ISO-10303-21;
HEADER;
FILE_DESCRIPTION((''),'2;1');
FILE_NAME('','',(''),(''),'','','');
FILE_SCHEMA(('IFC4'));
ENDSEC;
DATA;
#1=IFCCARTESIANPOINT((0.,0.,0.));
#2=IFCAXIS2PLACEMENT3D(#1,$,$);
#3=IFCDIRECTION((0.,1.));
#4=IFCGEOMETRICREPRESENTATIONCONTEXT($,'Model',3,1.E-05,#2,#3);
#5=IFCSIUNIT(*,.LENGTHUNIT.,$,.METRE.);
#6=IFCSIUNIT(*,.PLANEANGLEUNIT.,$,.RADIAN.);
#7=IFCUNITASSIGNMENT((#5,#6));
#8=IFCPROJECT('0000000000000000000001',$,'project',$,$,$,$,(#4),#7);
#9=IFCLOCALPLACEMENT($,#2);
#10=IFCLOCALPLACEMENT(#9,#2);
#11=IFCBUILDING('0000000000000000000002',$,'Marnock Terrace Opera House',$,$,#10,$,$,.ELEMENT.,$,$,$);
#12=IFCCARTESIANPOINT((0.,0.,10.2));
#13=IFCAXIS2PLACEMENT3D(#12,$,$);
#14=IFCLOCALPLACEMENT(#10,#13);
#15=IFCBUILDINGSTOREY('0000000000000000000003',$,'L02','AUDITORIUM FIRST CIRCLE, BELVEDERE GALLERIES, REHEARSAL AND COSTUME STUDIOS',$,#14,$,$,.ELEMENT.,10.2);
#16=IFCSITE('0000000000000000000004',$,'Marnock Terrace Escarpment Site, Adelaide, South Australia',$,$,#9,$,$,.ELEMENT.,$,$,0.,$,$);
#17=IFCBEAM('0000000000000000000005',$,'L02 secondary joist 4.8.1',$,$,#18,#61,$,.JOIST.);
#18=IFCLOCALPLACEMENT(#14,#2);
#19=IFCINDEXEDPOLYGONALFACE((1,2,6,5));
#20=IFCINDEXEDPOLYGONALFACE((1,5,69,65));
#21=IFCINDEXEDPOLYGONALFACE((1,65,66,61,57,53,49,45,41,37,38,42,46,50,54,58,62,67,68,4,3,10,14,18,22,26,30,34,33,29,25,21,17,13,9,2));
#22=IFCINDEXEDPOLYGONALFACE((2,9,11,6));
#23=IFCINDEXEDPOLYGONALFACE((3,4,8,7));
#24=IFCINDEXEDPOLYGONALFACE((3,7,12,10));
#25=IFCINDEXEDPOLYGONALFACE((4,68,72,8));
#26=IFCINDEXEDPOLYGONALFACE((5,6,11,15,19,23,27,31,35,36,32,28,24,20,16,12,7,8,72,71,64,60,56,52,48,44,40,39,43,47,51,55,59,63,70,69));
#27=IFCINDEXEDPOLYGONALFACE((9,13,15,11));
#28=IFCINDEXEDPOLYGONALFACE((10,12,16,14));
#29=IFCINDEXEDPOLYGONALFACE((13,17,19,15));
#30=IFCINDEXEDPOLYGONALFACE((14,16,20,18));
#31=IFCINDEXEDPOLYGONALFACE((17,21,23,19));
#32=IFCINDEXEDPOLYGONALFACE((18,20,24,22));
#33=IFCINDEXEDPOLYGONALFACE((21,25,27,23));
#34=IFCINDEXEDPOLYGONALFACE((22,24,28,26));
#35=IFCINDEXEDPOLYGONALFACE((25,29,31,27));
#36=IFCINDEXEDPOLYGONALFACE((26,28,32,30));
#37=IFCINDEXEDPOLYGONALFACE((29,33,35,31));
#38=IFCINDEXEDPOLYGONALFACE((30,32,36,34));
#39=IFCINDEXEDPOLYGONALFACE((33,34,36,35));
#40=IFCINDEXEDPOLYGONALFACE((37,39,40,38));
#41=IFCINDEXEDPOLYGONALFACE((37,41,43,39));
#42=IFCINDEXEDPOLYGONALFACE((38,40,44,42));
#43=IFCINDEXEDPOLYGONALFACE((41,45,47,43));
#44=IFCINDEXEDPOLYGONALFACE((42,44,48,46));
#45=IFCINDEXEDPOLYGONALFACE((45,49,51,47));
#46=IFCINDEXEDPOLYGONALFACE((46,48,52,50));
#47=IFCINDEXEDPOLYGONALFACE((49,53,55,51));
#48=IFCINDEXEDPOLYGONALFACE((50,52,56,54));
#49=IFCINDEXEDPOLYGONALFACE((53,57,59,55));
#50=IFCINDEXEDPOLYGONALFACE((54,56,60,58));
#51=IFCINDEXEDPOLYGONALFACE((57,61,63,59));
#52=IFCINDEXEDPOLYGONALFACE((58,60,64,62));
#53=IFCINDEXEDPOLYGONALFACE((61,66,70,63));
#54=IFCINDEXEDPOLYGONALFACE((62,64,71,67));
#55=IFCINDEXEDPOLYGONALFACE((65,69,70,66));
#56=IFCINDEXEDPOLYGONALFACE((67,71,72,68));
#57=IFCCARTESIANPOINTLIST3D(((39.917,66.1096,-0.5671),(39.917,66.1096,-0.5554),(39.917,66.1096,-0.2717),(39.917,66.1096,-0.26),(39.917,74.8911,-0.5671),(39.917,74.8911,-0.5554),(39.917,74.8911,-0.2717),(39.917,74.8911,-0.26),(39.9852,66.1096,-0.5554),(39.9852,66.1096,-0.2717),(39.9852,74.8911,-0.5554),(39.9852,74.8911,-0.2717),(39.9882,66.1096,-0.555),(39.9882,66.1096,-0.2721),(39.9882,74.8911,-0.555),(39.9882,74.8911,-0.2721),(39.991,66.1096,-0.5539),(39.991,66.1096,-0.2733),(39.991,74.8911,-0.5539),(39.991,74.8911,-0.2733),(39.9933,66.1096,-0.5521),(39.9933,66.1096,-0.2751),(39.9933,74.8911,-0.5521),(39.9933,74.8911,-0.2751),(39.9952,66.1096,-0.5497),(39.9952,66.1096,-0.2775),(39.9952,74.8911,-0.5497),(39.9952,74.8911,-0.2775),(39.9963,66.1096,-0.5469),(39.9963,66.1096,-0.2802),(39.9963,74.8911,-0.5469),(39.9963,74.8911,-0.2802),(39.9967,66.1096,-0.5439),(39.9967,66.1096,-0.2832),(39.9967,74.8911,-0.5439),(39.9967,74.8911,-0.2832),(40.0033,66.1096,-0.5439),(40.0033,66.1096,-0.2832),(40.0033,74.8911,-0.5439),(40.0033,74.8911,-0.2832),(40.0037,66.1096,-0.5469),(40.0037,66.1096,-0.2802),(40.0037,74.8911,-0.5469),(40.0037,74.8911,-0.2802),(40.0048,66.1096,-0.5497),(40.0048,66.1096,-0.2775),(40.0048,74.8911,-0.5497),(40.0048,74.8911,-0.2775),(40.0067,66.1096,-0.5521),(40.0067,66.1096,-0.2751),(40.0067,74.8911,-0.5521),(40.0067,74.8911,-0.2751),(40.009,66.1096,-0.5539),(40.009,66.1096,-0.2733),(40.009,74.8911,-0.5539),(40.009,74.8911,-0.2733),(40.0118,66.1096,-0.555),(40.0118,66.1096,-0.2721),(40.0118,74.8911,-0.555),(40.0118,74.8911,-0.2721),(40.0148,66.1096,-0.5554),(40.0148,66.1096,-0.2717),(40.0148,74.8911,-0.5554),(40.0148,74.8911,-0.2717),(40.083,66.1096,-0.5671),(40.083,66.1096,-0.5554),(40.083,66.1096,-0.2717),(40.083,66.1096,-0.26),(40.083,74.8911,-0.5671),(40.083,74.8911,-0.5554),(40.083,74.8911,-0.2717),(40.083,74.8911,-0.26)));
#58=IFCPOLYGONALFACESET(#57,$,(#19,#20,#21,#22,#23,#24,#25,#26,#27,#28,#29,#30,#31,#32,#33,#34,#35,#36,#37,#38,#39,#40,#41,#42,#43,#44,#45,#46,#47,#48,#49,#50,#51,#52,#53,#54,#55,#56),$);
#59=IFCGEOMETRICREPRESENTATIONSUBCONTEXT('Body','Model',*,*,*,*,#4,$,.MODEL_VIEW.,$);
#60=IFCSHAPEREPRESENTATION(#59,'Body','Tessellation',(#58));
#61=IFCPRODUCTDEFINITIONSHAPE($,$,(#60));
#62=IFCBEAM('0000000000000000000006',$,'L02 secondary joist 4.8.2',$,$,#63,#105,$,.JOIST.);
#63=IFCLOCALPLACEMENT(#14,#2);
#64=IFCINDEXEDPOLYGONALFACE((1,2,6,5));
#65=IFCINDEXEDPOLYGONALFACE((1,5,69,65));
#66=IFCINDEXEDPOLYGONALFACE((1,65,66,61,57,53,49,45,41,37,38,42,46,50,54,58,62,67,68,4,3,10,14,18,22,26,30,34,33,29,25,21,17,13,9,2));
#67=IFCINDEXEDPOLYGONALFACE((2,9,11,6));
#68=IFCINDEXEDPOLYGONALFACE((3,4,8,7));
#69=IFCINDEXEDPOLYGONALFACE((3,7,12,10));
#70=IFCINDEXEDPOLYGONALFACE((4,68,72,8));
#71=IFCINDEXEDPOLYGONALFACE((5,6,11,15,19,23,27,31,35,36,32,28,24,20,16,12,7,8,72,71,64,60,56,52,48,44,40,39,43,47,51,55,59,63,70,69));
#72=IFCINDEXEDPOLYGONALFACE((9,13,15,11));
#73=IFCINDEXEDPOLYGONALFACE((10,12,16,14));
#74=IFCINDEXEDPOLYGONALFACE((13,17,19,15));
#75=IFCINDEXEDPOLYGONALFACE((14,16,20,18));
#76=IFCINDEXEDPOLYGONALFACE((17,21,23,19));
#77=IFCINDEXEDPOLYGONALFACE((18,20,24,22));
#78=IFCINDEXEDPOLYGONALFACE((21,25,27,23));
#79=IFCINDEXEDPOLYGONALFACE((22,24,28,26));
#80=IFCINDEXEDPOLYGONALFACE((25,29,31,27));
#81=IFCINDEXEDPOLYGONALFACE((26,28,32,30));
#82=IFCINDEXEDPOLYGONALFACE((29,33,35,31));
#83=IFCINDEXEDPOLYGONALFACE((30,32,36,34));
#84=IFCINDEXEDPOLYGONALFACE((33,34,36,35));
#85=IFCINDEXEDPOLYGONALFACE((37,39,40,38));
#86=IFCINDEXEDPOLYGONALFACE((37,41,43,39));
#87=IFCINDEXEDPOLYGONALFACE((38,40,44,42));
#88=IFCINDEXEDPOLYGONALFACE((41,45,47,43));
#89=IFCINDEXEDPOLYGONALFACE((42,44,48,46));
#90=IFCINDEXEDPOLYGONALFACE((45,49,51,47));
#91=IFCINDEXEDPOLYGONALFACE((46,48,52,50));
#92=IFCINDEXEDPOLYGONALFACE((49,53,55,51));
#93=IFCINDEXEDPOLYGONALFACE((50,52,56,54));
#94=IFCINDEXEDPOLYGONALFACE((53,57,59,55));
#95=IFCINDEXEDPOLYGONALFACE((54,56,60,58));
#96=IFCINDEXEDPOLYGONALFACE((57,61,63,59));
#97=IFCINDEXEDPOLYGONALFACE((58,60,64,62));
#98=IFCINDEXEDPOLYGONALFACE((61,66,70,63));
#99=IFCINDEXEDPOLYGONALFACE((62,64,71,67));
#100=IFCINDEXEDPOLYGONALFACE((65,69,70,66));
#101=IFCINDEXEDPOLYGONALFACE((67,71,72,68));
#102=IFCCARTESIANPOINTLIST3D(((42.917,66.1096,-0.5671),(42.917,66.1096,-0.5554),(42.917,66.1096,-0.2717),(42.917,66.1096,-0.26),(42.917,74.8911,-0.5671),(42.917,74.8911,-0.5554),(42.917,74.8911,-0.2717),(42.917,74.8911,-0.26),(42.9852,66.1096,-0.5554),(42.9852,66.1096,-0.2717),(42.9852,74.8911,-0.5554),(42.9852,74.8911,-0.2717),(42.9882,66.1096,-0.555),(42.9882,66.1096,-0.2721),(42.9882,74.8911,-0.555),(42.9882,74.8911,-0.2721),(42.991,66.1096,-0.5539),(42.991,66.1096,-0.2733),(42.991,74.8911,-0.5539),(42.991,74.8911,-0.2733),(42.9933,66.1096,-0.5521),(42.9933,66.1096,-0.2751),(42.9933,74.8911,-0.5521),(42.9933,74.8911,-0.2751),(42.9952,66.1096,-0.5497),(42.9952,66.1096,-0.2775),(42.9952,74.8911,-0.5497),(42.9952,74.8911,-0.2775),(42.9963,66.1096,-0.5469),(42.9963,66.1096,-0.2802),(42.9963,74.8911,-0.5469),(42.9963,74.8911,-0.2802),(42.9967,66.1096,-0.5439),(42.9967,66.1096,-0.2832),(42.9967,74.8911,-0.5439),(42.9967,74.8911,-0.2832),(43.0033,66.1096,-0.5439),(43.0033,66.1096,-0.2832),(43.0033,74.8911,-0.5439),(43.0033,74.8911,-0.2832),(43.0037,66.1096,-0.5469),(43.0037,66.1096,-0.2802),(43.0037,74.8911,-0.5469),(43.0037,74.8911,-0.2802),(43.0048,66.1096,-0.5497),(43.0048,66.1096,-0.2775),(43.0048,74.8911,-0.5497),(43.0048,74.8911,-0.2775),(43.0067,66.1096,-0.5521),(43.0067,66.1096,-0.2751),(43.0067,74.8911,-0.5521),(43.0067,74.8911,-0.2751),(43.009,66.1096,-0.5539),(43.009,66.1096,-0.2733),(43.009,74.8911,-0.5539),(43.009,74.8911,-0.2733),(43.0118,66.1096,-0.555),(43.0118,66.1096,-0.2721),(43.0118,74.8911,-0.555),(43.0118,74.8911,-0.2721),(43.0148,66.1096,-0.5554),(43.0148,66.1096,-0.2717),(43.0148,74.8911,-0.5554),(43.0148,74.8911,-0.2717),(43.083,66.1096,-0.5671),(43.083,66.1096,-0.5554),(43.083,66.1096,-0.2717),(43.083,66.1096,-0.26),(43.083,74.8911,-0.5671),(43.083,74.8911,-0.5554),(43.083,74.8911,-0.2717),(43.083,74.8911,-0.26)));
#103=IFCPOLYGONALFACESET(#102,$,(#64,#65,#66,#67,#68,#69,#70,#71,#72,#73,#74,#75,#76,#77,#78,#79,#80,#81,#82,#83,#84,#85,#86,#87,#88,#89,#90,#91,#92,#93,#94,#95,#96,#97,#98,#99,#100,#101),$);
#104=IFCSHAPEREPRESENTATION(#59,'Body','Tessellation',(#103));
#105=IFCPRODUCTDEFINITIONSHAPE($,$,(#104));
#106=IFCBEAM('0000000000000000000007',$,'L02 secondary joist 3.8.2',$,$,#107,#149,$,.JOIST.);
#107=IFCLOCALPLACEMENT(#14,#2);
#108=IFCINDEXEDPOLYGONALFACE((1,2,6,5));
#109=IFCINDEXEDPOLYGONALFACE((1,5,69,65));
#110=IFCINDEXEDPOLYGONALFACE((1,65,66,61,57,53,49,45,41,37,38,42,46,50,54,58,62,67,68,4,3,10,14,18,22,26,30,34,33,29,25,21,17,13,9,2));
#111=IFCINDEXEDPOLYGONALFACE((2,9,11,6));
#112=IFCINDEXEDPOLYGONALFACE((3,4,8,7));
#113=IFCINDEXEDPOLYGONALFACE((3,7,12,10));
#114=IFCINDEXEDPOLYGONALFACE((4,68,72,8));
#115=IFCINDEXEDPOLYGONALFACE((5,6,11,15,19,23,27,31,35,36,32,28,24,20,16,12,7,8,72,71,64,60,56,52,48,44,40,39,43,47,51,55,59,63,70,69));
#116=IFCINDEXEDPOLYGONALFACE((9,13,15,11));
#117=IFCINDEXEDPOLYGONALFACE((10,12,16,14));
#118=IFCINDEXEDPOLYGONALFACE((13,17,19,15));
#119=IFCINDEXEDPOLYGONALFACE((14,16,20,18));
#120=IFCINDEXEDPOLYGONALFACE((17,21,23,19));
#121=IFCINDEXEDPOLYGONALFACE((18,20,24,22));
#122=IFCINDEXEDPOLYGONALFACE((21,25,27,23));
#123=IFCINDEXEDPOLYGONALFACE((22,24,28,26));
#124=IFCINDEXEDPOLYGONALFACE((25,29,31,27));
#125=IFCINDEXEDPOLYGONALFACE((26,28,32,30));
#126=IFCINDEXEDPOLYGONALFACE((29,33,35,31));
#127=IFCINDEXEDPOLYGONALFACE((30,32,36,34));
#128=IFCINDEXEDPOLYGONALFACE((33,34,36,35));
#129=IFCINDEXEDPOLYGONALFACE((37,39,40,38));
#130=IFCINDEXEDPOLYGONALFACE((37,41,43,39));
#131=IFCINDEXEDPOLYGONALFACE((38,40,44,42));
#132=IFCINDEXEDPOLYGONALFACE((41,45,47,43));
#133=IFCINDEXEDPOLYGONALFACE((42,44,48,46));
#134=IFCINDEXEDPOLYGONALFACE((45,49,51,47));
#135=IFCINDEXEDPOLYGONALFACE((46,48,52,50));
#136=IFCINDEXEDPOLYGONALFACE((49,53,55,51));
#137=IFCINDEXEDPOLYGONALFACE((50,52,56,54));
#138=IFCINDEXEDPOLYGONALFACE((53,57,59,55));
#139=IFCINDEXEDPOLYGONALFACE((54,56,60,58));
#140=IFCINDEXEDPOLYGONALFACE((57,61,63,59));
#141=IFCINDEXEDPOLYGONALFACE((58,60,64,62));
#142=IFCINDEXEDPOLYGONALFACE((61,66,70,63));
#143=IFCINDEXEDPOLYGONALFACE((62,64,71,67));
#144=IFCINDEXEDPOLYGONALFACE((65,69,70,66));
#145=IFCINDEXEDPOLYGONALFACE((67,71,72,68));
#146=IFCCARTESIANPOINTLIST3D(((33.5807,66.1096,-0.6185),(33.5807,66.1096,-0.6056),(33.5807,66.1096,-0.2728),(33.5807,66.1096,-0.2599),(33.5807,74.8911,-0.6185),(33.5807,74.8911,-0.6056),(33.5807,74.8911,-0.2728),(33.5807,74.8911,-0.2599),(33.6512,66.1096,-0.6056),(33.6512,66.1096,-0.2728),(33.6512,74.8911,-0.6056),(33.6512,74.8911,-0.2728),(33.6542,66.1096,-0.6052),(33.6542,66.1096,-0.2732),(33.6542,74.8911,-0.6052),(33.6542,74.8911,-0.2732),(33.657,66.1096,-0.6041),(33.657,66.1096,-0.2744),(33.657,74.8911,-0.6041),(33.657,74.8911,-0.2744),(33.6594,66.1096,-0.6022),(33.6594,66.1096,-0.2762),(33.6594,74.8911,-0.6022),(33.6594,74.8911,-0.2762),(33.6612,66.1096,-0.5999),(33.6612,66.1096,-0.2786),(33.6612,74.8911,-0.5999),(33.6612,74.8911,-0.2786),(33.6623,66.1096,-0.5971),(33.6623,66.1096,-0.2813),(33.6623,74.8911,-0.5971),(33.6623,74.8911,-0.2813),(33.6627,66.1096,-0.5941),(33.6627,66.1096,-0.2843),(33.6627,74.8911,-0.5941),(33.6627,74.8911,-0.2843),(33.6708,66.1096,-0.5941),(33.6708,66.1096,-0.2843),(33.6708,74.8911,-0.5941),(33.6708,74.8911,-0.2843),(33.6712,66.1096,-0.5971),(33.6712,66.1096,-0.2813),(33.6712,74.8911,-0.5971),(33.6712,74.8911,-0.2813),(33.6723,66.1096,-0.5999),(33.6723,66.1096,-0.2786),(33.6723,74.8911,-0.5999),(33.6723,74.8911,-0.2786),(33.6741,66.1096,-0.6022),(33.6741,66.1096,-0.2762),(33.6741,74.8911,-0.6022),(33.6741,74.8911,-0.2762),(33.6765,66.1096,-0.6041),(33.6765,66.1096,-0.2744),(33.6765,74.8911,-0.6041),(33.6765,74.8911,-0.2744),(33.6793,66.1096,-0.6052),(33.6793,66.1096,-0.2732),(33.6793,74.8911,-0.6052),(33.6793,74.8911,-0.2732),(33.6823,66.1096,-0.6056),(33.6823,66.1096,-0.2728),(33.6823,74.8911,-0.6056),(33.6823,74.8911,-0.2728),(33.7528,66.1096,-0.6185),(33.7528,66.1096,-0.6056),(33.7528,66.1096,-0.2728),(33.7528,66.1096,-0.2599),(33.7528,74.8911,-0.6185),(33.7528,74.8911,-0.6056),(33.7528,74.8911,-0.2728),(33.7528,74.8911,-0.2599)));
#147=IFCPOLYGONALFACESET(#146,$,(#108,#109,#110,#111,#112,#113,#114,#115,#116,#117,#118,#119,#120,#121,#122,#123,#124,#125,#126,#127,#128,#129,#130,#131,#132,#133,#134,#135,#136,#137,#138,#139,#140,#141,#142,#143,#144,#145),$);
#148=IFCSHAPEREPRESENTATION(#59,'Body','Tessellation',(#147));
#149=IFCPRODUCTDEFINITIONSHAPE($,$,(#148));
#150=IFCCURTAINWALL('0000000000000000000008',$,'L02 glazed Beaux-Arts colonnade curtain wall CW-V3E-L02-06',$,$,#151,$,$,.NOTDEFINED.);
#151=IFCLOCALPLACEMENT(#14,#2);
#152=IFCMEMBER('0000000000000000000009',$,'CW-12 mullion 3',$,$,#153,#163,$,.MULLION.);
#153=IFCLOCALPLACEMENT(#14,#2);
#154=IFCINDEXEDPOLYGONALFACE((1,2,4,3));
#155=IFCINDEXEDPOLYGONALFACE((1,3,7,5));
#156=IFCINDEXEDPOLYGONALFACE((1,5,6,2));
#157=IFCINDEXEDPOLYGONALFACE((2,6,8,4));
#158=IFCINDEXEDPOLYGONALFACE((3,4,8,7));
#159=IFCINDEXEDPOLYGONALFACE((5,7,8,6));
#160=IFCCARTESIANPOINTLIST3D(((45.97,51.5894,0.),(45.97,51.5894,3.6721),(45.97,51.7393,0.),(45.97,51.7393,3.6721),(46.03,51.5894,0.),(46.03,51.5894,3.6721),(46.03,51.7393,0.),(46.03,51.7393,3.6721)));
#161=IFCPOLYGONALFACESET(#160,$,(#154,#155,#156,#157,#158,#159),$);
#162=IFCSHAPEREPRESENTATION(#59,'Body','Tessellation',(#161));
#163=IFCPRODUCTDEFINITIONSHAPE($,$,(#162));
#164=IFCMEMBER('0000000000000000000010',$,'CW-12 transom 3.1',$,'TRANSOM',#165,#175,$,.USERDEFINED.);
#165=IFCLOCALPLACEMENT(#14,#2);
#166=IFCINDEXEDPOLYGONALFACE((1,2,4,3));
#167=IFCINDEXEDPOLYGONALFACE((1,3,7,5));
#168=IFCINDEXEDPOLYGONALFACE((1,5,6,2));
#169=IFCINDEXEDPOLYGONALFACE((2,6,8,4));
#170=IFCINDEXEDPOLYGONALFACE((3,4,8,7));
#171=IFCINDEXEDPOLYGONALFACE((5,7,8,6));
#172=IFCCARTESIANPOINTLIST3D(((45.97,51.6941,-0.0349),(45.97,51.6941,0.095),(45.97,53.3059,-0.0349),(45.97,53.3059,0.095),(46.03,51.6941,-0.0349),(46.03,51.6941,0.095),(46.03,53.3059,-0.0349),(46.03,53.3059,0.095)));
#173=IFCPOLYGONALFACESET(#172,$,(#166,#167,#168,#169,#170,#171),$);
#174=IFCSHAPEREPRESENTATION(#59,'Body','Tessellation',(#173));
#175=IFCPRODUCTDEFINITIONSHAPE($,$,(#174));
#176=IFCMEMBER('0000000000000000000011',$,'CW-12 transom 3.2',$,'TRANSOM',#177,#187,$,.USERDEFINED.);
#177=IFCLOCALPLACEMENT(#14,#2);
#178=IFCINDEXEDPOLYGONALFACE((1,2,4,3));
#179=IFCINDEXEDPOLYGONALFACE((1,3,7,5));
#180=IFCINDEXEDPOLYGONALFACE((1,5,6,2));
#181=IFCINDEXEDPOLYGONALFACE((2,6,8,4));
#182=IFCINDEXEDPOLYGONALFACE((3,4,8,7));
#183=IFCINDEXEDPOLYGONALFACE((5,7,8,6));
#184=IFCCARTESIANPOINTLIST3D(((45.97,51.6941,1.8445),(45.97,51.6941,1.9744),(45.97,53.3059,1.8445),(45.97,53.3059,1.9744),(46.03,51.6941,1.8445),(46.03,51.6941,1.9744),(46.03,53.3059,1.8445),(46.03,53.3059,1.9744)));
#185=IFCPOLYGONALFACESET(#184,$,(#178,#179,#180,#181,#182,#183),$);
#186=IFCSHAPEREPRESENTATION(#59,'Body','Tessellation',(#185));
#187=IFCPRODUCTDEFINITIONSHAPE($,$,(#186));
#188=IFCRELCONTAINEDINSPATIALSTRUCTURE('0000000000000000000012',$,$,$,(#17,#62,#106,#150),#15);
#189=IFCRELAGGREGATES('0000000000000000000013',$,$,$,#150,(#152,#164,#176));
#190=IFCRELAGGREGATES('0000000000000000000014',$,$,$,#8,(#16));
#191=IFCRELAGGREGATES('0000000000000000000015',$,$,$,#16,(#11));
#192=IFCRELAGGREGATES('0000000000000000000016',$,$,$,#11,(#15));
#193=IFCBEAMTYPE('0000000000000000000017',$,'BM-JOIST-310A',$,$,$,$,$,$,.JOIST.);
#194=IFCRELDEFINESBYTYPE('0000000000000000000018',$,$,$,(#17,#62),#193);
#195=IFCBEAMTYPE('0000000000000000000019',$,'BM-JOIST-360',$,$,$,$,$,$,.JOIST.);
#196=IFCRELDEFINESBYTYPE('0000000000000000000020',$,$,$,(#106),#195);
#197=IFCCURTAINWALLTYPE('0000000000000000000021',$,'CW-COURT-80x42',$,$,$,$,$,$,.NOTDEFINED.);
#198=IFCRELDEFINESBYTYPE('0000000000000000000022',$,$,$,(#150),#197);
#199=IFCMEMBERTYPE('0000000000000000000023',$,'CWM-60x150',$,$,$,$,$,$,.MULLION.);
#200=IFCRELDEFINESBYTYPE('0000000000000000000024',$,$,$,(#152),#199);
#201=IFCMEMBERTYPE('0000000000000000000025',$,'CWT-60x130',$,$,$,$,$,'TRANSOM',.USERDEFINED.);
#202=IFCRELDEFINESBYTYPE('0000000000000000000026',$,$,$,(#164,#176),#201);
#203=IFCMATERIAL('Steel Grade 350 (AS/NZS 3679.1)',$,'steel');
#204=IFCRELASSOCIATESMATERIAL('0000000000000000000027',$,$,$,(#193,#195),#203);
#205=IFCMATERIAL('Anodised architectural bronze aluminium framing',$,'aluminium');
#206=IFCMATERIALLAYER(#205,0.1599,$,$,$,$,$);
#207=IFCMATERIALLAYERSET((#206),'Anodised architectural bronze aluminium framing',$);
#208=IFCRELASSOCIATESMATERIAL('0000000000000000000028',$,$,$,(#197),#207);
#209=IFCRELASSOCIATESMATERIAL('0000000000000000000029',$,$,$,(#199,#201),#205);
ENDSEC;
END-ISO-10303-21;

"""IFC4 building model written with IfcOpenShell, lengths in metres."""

from ifc_helpers import new_model, si_unit, direction, frame, origin, origin_2d, place, context, subcontext, project, spatial, rectangle, i_section, extrude, material, layer, layer_set, material_profile, profile_set, type_object, element, aggregate, save


model = new_model("IFC4")

# Units and contexts
model_context = context("Model", 3, precision=1e-05, world=origin(), true_north=direction((0.0, 1.0)))
body_context = subcontext(model_context, "Body", "Model", "MODEL_VIEW")
ifc_project = project(units=[si_unit("LENGTHUNIT", "METRE"), si_unit("PLANEANGLEUNIT", "RADIAN")], contexts=[model_context])

# Site, building, storey
site_placement = place(None, origin())
site = spatial("IfcSite", under=ifc_project, at=site_placement, Name="Marnock Terrace Escarpment Site, Adelaide, South Australia", CompositionType="ELEMENT", RefElevation=0.0)
building_placement = place(site_placement, origin())
building = spatial("IfcBuilding", under=site, at=building_placement, Name="Marnock Terrace Opera House", CompositionType="ELEMENT")
storey_placement = place(building_placement, frame((0.0, 0.0, 10.2)))
storey = spatial("IfcBuildingStorey", under=building, at=storey_placement, Name="L02", Description="AUDITORIUM FIRST CIRCLE, BELVEDERE GALLERIES, REHEARSAL AND COSTUME STUDIOS", CompositionType="ELEMENT", Elevation=10.2)

# Beams
ifc_material_1 = material(Name="Steel Grade 350 (AS/NZS 3679.1)", Category="steel")
ifc_material_profile_1 = material_profile(ifc_material_1, i_section(OverallWidth=0.166, OverallDepth=0.3071, WebThickness=0.0066, FlangeThickness=0.0117, FilletRadius=0.0115, at=origin_2d()))
ifc_profile_set_1 = profile_set([ifc_material_profile_1], Name="Steel Grade 350 (AS/NZS 3679.1)")
beam_type_1 = type_object("IfcBeamType", Name="BM-JOIST-310A", PredefinedType="JOIST", material=ifc_profile_set_1)
for number, where, z_axis, x_axis, name in (
    (1, (40.0, 66.1096, -0.4136), (0.0, 1.0, 0.0), (-1.0, 0.0, 0.0), "L02 secondary joist 4.8.1"),
    (2, (43.0, 66.1096, -0.4136), (0.0, 1.0, 0.0), (-1.0, 0.0, 0.0), "L02 secondary joist 4.8.2"),
):
    element("IfcBeam", number, at=place(storey_placement, frame(where, z_axis=z_axis, x_axis=x_axis)), inside=storey, type_object=beam_type_1, Name=name, PredefinedType="JOIST", context=body_context, shape_type="SweptSolid", body=[
        extrude(i_section(OverallWidth=0.166, OverallDepth=0.3071, WebThickness=0.0066, FlangeThickness=0.0117, FilletRadius=0.0115, at=origin_2d()), origin(), (0.0, 0.0, 1.0), 8.7815),
    ])
ifc_material_profile_2 = material_profile(ifc_material_1, i_section(OverallWidth=0.1721, OverallDepth=0.3586, WebThickness=0.0081, FlangeThickness=0.0129, FilletRadius=0.0115, at=origin_2d()))
ifc_profile_set_2 = profile_set([ifc_material_profile_2], Name="Steel Grade 350 (AS/NZS 3679.1)")
beam_type_2 = type_object("IfcBeamType", Name="BM-JOIST-360", PredefinedType="JOIST", material=ifc_profile_set_2)
beam_1_placement = place(storey_placement, frame((33.6667, 66.1096, -0.4392), z_axis=(0.0, 1.0, 0.0), x_axis=(-1.0, 0.0, 0.0)))
element("IfcBeam", 3, at=beam_1_placement, inside=storey, type_object=beam_type_2, Name="L02 secondary joist 3.8.2", PredefinedType="JOIST", context=body_context, shape_type="SweptSolid", body=[
    extrude(i_section(OverallWidth=0.1721, OverallDepth=0.3586, WebThickness=0.0081, FlangeThickness=0.0129, FilletRadius=0.0115, at=origin_2d()), origin(), (0.0, 0.0, 1.0), 8.7815),
])

# Curtain wall, members
ifc_material_2 = material(Name="Anodised architectural bronze aluminium framing", Category="aluminium")
ifc_layer_1 = layer(ifc_material_2, 0.1599)
ifc_layer_set_1 = layer_set([ifc_layer_1], Name="Anodised architectural bronze aluminium framing")
curtain_wall_type = type_object("IfcCurtainWallType", Name="CW-COURT-80x42", PredefinedType="NOTDEFINED", material=ifc_layer_set_1)
curtain_wall_placement = place(storey_placement, origin())
curtain_wall = element("IfcCurtainWall", 4, at=curtain_wall_placement, inside=storey, type_object=curtain_wall_type, Name="L02 glazed Beaux-Arts colonnade curtain wall CW-V3E-L02-06", PredefinedType="NOTDEFINED")
ifc_material_profile_3 = material_profile(ifc_material_2, rectangle(XDim=0.0601, YDim=0.1499, at=origin_2d()))
ifc_profile_set_3 = profile_set([ifc_material_profile_3], Name="Anodised architectural bronze aluminium framing")
member_type_1 = type_object("IfcMemberType", Name="CWM-60x150", PredefinedType="MULLION", material=ifc_profile_set_3)
member_1_placement = place(storey_placement, frame((46.0, 51.6643, 0.0), z_axis=(0.0, 0.0, 1.0), x_axis=(-1.0, 0.0, 0.0)))
member_1 = element("IfcMember", 5, at=member_1_placement, type_object=member_type_1, Name="CW-12 mullion 3", PredefinedType="MULLION", context=body_context, shape_type="SweptSolid", body=[
    extrude(rectangle(XDim=0.0601, YDim=0.1499, at=origin_2d()), origin(), (0.0, 0.0, 1.0), 3.6721),
])
ifc_material_profile_4 = material_profile(ifc_material_2, rectangle(XDim=0.0601, YDim=0.1299, at=origin_2d()))
ifc_profile_set_4 = profile_set([ifc_material_profile_4], Name="Anodised architectural bronze aluminium framing")
member_type_2 = type_object("IfcMemberType", Name="CWT-60x130", ElementType="TRANSOM", PredefinedType="USERDEFINED", material=ifc_profile_set_4)
member_2_placement = place(storey_placement, frame((46.0, 51.6941, 0.03), z_axis=(0.0, 1.0, 0.0), x_axis=(-1.0, 0.0, 0.0)))
member_2 = element("IfcMember", 6, at=member_2_placement, type_object=member_type_2, Name="CW-12 transom 3.1", ObjectType="TRANSOM", PredefinedType="USERDEFINED", context=body_context, shape_type="SweptSolid", body=[
    extrude(rectangle(XDim=0.0601, YDim=0.1299, at=origin_2d()), origin(), (0.0, 0.0, 1.0), 1.6118),
])
member_3_placement = place(storey_placement, frame((46.0, 51.6941, 1.9094), z_axis=(0.0, 1.0, 0.0), x_axis=(-1.0, 0.0, 0.0)))
member_3 = element("IfcMember", 7, at=member_3_placement, type_object=member_type_2, Name="CW-12 transom 3.2", ObjectType="TRANSOM", PredefinedType="USERDEFINED", context=body_context, shape_type="SweptSolid", body=[
    extrude(rectangle(XDim=0.0601, YDim=0.1299, at=origin_2d()), origin(), (0.0, 0.0, 1.0), 1.6118),
])
aggregate(curtain_wall, [member_1, member_2, member_3])

save(model, "model.ifc")
